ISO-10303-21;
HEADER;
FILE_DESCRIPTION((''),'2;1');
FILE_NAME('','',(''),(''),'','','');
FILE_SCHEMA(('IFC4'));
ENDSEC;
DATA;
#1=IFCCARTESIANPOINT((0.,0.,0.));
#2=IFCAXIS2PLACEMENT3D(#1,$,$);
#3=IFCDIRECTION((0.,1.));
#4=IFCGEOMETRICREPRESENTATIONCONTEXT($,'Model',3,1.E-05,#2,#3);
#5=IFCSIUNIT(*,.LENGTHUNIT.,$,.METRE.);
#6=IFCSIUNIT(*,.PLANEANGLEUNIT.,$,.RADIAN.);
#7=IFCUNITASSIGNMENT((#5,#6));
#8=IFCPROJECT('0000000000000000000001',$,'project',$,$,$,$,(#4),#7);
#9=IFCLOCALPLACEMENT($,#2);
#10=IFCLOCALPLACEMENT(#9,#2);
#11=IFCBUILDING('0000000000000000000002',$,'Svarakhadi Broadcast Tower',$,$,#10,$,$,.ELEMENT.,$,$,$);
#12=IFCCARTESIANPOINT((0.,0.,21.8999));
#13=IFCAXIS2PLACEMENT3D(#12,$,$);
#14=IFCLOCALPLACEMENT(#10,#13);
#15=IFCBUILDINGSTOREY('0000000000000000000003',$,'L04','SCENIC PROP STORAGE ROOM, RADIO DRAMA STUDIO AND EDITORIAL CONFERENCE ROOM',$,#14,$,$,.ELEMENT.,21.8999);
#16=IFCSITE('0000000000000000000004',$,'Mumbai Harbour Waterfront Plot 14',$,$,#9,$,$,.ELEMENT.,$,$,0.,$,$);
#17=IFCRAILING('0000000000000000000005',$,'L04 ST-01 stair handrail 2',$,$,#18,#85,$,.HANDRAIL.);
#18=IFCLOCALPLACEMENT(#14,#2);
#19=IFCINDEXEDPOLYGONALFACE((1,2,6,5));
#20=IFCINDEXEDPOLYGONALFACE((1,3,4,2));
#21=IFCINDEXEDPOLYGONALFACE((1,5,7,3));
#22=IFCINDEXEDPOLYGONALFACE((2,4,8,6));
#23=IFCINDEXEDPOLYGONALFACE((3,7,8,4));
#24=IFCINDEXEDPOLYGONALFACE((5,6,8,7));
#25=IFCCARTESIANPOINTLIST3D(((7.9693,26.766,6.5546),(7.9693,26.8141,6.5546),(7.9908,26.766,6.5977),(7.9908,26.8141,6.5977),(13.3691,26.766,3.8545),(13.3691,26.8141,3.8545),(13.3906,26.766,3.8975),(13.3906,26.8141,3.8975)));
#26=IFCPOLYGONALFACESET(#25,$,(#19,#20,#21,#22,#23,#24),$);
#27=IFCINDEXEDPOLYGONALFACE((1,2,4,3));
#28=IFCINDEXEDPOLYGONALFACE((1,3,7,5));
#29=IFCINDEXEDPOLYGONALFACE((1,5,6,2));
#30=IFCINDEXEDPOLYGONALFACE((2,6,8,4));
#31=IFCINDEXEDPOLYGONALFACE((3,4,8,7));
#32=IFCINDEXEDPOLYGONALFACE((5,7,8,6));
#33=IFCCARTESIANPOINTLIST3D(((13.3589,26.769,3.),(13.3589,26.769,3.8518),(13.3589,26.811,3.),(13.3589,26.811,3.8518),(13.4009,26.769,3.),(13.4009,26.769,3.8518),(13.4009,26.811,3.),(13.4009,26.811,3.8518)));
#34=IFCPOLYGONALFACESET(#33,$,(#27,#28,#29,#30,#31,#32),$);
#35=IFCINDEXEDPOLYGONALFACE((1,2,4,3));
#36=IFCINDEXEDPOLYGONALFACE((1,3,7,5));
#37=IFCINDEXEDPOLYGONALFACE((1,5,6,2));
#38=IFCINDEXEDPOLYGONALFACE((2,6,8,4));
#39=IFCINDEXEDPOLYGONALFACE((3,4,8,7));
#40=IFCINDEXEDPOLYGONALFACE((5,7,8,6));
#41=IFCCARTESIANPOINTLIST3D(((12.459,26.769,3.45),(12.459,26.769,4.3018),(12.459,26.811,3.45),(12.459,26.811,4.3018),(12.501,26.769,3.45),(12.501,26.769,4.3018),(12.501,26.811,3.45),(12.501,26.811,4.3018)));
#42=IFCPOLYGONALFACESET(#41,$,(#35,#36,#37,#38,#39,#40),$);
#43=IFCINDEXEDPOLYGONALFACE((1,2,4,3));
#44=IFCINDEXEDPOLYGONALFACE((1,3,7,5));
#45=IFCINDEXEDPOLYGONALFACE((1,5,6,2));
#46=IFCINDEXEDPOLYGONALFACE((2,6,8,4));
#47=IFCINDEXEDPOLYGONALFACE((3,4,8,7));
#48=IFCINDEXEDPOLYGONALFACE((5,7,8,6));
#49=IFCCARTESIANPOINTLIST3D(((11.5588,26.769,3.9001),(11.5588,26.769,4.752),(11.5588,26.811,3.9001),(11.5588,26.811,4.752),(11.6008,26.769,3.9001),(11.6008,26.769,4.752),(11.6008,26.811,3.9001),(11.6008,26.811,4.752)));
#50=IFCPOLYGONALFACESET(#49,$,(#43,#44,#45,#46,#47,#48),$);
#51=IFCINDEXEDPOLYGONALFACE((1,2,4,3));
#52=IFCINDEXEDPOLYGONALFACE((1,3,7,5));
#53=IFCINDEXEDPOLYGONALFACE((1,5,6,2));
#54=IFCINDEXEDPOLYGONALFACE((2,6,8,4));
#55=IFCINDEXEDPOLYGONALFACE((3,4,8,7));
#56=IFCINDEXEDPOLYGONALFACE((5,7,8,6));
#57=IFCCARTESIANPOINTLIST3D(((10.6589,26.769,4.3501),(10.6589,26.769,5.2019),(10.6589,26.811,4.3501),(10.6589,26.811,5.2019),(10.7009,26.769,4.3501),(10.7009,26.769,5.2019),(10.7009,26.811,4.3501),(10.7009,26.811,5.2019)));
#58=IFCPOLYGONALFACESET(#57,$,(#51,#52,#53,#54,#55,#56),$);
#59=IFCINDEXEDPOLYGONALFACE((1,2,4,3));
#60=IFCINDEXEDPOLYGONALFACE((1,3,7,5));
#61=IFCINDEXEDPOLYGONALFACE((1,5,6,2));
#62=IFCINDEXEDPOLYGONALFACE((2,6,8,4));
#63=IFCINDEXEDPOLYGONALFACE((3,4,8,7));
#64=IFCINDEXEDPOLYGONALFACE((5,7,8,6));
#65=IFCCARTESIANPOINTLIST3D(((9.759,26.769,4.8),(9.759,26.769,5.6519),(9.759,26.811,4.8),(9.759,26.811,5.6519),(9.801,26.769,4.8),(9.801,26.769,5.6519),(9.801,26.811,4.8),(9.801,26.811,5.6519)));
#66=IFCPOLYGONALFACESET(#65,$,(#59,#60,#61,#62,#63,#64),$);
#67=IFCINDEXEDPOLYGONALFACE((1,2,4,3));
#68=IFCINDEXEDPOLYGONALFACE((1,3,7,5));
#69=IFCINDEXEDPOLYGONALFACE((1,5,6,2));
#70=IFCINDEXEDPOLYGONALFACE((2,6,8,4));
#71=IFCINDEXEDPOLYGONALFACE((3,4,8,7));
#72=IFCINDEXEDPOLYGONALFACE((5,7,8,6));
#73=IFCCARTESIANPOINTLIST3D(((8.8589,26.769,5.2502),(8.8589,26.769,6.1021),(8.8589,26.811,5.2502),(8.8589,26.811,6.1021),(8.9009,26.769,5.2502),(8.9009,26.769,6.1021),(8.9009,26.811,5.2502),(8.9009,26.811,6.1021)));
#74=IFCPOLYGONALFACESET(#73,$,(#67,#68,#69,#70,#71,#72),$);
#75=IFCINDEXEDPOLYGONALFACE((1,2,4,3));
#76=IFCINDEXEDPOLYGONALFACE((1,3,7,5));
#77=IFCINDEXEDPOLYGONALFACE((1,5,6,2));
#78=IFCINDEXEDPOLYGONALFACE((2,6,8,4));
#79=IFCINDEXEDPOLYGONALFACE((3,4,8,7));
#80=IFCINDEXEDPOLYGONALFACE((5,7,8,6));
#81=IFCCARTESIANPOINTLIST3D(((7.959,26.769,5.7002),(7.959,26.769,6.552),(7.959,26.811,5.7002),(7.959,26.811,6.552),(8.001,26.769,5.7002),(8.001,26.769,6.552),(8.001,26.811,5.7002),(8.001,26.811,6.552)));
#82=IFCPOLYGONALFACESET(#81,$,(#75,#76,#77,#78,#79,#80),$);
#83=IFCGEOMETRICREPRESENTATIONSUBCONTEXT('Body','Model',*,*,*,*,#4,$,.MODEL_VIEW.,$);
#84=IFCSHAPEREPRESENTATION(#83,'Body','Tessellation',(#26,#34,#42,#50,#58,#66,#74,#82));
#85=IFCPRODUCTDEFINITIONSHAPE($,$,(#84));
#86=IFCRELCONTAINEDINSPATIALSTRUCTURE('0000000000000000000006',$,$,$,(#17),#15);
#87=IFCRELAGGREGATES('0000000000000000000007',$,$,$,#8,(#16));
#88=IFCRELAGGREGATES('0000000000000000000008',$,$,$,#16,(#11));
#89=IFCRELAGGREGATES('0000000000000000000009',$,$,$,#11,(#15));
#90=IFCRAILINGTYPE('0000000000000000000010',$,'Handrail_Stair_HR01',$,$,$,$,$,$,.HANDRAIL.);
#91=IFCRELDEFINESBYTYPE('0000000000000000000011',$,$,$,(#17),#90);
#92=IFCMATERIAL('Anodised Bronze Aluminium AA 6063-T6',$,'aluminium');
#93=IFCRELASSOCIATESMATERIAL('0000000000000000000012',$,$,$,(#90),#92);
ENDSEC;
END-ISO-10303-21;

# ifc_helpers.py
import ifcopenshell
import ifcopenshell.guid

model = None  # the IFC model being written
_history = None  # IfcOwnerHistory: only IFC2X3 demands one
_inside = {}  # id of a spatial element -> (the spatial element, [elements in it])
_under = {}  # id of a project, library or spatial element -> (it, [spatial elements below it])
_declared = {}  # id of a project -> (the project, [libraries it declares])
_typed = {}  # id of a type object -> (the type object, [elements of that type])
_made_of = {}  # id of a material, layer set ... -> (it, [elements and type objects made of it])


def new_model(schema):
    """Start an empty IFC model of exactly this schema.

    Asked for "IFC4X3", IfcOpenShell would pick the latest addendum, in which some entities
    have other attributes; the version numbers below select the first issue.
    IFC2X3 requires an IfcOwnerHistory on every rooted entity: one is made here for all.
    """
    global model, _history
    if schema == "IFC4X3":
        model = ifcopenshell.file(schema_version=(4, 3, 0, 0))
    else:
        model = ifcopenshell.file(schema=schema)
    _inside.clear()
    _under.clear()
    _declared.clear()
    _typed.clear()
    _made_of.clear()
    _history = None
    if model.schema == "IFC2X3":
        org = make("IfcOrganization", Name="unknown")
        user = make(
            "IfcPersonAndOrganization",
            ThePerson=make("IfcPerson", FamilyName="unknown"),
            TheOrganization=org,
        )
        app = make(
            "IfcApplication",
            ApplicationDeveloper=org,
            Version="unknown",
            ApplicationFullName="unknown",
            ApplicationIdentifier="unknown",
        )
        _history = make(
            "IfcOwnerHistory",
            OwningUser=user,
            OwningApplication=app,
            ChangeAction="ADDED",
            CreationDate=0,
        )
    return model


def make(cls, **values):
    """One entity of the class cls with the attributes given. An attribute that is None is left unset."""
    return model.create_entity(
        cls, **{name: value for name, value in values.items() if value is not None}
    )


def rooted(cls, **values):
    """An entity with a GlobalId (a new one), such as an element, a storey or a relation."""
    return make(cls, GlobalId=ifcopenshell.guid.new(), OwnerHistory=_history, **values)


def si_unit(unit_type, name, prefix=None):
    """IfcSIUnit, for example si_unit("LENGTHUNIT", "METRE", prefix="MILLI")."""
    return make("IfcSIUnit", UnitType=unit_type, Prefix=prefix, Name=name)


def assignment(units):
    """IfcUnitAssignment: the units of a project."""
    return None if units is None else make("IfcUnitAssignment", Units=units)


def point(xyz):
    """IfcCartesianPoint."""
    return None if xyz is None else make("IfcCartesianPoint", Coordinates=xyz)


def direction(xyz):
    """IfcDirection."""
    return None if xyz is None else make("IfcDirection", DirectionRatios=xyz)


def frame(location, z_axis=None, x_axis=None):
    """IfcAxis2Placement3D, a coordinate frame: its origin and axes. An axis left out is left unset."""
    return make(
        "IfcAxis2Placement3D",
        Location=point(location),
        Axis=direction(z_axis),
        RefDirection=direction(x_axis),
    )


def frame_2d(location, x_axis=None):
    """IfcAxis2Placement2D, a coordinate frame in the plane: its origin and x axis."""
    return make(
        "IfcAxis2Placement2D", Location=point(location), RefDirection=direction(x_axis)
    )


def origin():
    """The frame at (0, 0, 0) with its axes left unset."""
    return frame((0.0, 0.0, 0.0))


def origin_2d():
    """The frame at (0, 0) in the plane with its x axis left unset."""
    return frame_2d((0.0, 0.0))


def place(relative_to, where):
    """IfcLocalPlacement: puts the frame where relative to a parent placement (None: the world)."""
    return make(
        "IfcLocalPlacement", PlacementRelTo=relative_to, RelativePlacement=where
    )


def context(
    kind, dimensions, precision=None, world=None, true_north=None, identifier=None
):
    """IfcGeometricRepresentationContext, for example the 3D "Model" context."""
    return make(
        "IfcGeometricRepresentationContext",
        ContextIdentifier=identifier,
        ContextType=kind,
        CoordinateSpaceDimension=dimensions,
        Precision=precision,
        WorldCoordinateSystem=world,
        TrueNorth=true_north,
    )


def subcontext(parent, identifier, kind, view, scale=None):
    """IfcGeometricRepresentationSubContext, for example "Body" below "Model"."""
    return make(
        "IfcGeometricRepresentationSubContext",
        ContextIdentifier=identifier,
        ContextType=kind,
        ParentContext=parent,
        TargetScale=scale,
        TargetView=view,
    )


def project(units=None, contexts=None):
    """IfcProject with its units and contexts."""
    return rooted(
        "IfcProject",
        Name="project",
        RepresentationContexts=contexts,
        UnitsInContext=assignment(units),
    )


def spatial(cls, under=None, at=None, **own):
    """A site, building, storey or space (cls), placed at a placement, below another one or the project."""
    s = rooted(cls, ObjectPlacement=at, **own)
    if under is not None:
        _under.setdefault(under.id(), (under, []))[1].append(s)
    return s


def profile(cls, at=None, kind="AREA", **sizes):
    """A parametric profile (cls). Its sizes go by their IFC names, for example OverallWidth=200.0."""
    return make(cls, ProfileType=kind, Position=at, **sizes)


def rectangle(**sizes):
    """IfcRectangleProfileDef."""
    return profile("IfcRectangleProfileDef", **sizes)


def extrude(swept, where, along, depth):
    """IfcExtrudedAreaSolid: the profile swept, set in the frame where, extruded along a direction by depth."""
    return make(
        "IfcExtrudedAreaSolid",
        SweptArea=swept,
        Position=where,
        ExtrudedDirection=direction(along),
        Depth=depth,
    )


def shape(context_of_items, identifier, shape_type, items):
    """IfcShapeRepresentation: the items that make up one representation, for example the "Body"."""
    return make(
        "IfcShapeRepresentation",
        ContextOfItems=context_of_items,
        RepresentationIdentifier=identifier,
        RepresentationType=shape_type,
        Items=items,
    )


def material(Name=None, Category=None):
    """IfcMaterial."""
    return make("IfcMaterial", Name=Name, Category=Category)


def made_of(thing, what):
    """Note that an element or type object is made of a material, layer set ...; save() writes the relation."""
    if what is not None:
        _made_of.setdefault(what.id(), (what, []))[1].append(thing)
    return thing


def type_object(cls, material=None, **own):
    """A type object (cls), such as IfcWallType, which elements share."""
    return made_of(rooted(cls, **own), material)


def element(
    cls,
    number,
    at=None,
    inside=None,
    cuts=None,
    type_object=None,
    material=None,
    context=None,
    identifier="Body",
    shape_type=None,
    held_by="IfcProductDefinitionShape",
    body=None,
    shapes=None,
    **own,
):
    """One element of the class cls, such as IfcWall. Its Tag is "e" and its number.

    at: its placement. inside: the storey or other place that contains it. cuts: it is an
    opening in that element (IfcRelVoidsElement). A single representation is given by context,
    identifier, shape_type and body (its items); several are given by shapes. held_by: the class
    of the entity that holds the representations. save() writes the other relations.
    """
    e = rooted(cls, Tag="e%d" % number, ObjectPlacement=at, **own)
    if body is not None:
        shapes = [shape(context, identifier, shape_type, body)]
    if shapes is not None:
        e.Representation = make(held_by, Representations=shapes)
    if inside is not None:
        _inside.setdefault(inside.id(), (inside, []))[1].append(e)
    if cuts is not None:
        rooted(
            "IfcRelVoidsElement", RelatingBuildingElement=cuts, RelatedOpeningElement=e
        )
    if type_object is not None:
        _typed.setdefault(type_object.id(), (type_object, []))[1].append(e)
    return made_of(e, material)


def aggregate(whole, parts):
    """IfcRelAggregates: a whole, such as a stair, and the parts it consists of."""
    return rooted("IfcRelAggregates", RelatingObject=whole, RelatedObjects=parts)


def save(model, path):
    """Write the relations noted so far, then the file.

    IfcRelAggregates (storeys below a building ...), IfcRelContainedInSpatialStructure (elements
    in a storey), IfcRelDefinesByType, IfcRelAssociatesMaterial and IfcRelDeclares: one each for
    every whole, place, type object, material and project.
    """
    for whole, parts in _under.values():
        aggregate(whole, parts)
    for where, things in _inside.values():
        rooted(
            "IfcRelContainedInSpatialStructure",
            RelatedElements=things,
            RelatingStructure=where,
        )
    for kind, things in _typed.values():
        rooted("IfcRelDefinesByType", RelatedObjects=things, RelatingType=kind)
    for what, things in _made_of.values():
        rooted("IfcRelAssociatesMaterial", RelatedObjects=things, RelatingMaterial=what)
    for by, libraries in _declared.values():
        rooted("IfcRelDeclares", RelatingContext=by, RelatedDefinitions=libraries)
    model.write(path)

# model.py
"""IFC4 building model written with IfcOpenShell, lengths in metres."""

from ifc_helpers import new_model, si_unit, direction, frame, origin, origin_2d, place, context, subcontext, project, spatial, rectangle, extrude, material, type_object, element, save


model = new_model("IFC4")

# Units and contexts
model_context = context("Model", 3, precision=1e-05, world=origin(), true_north=direction((0.0, 1.0)))
body_context = subcontext(model_context, "Body", "Model", "MODEL_VIEW")
ifc_project = project(units=[si_unit("LENGTHUNIT", "METRE"), si_unit("PLANEANGLEUNIT", "RADIAN")], contexts=[model_context])

# Site, building, storey
site_placement = place(None, origin())
site = spatial("IfcSite", under=ifc_project, at=site_placement, Name="Mumbai Harbour Waterfront Plot 14", CompositionType="ELEMENT", RefElevation=0.0)
building_placement = place(site_placement, origin())
building = spatial("IfcBuilding", under=site, at=building_placement, Name="Svarakhadi Broadcast Tower", CompositionType="ELEMENT")
storey_placement = place(building_placement, frame((0.0, 0.0, 21.8999)))
storey = spatial("IfcBuildingStorey", under=building, at=storey_placement, Name="L04", Description="SCENIC PROP STORAGE ROOM, RADIO DRAMA STUDIO AND EDITORIAL CONFERENCE ROOM", CompositionType="ELEMENT", Elevation=21.8999)

# Shared definitions
ifc_material_1 = material(Name="Anodised Bronze Aluminium AA 6063-T6", Category="aluminium")

# Railing
railing_type_1 = type_object("IfcRailingType", Name="Handrail_Stair_HR01", PredefinedType="HANDRAIL", material=ifc_material_1)
railing_1_placement = place(storey_placement, frame((13.3799, 26.79, 3.0)))
element("IfcRailing", 1, at=railing_1_placement, inside=storey, type_object=railing_type_1, Name="L04 ST-01 stair handrail 2", PredefinedType="HANDRAIL", context=body_context, shape_type="SweptSolid", body=[
    extrude(rectangle(XDim=0.0481, YDim=0.0481, at=origin_2d()), frame((0.0, 0.0, 0.876), z_axis=(-0.894411, 0.0, 0.447246), x_axis=(0.0, -1.0, 0.0)), (0.0, 0.0, 1.0), 6.0374),
    extrude(rectangle(XDim=0.042, YDim=0.042, at=origin_2d()), origin(), (0.0, 0.0, 1.0), 0.8518),
    extrude(rectangle(XDim=0.042, YDim=0.042, at=origin_2d()), frame((-0.8999, 0.0, 0.45)), (0.0, 0.0, 1.0), 0.8518),
    extrude(rectangle(XDim=0.042, YDim=0.042, at=origin_2d()), frame((-1.8, 0.0, 0.9001)), (0.0, 0.0, 1.0), 0.8518),
    extrude(rectangle(XDim=0.042, YDim=0.042, at=origin_2d()), frame((-2.7, 0.0, 1.3501)), (0.0, 0.0, 1.0), 0.8518),
    extrude(rectangle(XDim=0.042, YDim=0.042, at=origin_2d()), frame((-3.5999, 0.0, 1.8)), (0.0, 0.0, 1.0), 0.8518),
    extrude(rectangle(XDim=0.042, YDim=0.042, at=origin_2d()), frame((-4.5, 0.0, 2.2502)), (0.0, 0.0, 1.0), 0.8518),
    extrude(rectangle(XDim=0.042, YDim=0.042, at=origin_2d()), frame((-5.3999, 0.0, 2.7002)), (0.0, 0.0, 1.0), 0.8518),
])

save(model, "model.ifc")
